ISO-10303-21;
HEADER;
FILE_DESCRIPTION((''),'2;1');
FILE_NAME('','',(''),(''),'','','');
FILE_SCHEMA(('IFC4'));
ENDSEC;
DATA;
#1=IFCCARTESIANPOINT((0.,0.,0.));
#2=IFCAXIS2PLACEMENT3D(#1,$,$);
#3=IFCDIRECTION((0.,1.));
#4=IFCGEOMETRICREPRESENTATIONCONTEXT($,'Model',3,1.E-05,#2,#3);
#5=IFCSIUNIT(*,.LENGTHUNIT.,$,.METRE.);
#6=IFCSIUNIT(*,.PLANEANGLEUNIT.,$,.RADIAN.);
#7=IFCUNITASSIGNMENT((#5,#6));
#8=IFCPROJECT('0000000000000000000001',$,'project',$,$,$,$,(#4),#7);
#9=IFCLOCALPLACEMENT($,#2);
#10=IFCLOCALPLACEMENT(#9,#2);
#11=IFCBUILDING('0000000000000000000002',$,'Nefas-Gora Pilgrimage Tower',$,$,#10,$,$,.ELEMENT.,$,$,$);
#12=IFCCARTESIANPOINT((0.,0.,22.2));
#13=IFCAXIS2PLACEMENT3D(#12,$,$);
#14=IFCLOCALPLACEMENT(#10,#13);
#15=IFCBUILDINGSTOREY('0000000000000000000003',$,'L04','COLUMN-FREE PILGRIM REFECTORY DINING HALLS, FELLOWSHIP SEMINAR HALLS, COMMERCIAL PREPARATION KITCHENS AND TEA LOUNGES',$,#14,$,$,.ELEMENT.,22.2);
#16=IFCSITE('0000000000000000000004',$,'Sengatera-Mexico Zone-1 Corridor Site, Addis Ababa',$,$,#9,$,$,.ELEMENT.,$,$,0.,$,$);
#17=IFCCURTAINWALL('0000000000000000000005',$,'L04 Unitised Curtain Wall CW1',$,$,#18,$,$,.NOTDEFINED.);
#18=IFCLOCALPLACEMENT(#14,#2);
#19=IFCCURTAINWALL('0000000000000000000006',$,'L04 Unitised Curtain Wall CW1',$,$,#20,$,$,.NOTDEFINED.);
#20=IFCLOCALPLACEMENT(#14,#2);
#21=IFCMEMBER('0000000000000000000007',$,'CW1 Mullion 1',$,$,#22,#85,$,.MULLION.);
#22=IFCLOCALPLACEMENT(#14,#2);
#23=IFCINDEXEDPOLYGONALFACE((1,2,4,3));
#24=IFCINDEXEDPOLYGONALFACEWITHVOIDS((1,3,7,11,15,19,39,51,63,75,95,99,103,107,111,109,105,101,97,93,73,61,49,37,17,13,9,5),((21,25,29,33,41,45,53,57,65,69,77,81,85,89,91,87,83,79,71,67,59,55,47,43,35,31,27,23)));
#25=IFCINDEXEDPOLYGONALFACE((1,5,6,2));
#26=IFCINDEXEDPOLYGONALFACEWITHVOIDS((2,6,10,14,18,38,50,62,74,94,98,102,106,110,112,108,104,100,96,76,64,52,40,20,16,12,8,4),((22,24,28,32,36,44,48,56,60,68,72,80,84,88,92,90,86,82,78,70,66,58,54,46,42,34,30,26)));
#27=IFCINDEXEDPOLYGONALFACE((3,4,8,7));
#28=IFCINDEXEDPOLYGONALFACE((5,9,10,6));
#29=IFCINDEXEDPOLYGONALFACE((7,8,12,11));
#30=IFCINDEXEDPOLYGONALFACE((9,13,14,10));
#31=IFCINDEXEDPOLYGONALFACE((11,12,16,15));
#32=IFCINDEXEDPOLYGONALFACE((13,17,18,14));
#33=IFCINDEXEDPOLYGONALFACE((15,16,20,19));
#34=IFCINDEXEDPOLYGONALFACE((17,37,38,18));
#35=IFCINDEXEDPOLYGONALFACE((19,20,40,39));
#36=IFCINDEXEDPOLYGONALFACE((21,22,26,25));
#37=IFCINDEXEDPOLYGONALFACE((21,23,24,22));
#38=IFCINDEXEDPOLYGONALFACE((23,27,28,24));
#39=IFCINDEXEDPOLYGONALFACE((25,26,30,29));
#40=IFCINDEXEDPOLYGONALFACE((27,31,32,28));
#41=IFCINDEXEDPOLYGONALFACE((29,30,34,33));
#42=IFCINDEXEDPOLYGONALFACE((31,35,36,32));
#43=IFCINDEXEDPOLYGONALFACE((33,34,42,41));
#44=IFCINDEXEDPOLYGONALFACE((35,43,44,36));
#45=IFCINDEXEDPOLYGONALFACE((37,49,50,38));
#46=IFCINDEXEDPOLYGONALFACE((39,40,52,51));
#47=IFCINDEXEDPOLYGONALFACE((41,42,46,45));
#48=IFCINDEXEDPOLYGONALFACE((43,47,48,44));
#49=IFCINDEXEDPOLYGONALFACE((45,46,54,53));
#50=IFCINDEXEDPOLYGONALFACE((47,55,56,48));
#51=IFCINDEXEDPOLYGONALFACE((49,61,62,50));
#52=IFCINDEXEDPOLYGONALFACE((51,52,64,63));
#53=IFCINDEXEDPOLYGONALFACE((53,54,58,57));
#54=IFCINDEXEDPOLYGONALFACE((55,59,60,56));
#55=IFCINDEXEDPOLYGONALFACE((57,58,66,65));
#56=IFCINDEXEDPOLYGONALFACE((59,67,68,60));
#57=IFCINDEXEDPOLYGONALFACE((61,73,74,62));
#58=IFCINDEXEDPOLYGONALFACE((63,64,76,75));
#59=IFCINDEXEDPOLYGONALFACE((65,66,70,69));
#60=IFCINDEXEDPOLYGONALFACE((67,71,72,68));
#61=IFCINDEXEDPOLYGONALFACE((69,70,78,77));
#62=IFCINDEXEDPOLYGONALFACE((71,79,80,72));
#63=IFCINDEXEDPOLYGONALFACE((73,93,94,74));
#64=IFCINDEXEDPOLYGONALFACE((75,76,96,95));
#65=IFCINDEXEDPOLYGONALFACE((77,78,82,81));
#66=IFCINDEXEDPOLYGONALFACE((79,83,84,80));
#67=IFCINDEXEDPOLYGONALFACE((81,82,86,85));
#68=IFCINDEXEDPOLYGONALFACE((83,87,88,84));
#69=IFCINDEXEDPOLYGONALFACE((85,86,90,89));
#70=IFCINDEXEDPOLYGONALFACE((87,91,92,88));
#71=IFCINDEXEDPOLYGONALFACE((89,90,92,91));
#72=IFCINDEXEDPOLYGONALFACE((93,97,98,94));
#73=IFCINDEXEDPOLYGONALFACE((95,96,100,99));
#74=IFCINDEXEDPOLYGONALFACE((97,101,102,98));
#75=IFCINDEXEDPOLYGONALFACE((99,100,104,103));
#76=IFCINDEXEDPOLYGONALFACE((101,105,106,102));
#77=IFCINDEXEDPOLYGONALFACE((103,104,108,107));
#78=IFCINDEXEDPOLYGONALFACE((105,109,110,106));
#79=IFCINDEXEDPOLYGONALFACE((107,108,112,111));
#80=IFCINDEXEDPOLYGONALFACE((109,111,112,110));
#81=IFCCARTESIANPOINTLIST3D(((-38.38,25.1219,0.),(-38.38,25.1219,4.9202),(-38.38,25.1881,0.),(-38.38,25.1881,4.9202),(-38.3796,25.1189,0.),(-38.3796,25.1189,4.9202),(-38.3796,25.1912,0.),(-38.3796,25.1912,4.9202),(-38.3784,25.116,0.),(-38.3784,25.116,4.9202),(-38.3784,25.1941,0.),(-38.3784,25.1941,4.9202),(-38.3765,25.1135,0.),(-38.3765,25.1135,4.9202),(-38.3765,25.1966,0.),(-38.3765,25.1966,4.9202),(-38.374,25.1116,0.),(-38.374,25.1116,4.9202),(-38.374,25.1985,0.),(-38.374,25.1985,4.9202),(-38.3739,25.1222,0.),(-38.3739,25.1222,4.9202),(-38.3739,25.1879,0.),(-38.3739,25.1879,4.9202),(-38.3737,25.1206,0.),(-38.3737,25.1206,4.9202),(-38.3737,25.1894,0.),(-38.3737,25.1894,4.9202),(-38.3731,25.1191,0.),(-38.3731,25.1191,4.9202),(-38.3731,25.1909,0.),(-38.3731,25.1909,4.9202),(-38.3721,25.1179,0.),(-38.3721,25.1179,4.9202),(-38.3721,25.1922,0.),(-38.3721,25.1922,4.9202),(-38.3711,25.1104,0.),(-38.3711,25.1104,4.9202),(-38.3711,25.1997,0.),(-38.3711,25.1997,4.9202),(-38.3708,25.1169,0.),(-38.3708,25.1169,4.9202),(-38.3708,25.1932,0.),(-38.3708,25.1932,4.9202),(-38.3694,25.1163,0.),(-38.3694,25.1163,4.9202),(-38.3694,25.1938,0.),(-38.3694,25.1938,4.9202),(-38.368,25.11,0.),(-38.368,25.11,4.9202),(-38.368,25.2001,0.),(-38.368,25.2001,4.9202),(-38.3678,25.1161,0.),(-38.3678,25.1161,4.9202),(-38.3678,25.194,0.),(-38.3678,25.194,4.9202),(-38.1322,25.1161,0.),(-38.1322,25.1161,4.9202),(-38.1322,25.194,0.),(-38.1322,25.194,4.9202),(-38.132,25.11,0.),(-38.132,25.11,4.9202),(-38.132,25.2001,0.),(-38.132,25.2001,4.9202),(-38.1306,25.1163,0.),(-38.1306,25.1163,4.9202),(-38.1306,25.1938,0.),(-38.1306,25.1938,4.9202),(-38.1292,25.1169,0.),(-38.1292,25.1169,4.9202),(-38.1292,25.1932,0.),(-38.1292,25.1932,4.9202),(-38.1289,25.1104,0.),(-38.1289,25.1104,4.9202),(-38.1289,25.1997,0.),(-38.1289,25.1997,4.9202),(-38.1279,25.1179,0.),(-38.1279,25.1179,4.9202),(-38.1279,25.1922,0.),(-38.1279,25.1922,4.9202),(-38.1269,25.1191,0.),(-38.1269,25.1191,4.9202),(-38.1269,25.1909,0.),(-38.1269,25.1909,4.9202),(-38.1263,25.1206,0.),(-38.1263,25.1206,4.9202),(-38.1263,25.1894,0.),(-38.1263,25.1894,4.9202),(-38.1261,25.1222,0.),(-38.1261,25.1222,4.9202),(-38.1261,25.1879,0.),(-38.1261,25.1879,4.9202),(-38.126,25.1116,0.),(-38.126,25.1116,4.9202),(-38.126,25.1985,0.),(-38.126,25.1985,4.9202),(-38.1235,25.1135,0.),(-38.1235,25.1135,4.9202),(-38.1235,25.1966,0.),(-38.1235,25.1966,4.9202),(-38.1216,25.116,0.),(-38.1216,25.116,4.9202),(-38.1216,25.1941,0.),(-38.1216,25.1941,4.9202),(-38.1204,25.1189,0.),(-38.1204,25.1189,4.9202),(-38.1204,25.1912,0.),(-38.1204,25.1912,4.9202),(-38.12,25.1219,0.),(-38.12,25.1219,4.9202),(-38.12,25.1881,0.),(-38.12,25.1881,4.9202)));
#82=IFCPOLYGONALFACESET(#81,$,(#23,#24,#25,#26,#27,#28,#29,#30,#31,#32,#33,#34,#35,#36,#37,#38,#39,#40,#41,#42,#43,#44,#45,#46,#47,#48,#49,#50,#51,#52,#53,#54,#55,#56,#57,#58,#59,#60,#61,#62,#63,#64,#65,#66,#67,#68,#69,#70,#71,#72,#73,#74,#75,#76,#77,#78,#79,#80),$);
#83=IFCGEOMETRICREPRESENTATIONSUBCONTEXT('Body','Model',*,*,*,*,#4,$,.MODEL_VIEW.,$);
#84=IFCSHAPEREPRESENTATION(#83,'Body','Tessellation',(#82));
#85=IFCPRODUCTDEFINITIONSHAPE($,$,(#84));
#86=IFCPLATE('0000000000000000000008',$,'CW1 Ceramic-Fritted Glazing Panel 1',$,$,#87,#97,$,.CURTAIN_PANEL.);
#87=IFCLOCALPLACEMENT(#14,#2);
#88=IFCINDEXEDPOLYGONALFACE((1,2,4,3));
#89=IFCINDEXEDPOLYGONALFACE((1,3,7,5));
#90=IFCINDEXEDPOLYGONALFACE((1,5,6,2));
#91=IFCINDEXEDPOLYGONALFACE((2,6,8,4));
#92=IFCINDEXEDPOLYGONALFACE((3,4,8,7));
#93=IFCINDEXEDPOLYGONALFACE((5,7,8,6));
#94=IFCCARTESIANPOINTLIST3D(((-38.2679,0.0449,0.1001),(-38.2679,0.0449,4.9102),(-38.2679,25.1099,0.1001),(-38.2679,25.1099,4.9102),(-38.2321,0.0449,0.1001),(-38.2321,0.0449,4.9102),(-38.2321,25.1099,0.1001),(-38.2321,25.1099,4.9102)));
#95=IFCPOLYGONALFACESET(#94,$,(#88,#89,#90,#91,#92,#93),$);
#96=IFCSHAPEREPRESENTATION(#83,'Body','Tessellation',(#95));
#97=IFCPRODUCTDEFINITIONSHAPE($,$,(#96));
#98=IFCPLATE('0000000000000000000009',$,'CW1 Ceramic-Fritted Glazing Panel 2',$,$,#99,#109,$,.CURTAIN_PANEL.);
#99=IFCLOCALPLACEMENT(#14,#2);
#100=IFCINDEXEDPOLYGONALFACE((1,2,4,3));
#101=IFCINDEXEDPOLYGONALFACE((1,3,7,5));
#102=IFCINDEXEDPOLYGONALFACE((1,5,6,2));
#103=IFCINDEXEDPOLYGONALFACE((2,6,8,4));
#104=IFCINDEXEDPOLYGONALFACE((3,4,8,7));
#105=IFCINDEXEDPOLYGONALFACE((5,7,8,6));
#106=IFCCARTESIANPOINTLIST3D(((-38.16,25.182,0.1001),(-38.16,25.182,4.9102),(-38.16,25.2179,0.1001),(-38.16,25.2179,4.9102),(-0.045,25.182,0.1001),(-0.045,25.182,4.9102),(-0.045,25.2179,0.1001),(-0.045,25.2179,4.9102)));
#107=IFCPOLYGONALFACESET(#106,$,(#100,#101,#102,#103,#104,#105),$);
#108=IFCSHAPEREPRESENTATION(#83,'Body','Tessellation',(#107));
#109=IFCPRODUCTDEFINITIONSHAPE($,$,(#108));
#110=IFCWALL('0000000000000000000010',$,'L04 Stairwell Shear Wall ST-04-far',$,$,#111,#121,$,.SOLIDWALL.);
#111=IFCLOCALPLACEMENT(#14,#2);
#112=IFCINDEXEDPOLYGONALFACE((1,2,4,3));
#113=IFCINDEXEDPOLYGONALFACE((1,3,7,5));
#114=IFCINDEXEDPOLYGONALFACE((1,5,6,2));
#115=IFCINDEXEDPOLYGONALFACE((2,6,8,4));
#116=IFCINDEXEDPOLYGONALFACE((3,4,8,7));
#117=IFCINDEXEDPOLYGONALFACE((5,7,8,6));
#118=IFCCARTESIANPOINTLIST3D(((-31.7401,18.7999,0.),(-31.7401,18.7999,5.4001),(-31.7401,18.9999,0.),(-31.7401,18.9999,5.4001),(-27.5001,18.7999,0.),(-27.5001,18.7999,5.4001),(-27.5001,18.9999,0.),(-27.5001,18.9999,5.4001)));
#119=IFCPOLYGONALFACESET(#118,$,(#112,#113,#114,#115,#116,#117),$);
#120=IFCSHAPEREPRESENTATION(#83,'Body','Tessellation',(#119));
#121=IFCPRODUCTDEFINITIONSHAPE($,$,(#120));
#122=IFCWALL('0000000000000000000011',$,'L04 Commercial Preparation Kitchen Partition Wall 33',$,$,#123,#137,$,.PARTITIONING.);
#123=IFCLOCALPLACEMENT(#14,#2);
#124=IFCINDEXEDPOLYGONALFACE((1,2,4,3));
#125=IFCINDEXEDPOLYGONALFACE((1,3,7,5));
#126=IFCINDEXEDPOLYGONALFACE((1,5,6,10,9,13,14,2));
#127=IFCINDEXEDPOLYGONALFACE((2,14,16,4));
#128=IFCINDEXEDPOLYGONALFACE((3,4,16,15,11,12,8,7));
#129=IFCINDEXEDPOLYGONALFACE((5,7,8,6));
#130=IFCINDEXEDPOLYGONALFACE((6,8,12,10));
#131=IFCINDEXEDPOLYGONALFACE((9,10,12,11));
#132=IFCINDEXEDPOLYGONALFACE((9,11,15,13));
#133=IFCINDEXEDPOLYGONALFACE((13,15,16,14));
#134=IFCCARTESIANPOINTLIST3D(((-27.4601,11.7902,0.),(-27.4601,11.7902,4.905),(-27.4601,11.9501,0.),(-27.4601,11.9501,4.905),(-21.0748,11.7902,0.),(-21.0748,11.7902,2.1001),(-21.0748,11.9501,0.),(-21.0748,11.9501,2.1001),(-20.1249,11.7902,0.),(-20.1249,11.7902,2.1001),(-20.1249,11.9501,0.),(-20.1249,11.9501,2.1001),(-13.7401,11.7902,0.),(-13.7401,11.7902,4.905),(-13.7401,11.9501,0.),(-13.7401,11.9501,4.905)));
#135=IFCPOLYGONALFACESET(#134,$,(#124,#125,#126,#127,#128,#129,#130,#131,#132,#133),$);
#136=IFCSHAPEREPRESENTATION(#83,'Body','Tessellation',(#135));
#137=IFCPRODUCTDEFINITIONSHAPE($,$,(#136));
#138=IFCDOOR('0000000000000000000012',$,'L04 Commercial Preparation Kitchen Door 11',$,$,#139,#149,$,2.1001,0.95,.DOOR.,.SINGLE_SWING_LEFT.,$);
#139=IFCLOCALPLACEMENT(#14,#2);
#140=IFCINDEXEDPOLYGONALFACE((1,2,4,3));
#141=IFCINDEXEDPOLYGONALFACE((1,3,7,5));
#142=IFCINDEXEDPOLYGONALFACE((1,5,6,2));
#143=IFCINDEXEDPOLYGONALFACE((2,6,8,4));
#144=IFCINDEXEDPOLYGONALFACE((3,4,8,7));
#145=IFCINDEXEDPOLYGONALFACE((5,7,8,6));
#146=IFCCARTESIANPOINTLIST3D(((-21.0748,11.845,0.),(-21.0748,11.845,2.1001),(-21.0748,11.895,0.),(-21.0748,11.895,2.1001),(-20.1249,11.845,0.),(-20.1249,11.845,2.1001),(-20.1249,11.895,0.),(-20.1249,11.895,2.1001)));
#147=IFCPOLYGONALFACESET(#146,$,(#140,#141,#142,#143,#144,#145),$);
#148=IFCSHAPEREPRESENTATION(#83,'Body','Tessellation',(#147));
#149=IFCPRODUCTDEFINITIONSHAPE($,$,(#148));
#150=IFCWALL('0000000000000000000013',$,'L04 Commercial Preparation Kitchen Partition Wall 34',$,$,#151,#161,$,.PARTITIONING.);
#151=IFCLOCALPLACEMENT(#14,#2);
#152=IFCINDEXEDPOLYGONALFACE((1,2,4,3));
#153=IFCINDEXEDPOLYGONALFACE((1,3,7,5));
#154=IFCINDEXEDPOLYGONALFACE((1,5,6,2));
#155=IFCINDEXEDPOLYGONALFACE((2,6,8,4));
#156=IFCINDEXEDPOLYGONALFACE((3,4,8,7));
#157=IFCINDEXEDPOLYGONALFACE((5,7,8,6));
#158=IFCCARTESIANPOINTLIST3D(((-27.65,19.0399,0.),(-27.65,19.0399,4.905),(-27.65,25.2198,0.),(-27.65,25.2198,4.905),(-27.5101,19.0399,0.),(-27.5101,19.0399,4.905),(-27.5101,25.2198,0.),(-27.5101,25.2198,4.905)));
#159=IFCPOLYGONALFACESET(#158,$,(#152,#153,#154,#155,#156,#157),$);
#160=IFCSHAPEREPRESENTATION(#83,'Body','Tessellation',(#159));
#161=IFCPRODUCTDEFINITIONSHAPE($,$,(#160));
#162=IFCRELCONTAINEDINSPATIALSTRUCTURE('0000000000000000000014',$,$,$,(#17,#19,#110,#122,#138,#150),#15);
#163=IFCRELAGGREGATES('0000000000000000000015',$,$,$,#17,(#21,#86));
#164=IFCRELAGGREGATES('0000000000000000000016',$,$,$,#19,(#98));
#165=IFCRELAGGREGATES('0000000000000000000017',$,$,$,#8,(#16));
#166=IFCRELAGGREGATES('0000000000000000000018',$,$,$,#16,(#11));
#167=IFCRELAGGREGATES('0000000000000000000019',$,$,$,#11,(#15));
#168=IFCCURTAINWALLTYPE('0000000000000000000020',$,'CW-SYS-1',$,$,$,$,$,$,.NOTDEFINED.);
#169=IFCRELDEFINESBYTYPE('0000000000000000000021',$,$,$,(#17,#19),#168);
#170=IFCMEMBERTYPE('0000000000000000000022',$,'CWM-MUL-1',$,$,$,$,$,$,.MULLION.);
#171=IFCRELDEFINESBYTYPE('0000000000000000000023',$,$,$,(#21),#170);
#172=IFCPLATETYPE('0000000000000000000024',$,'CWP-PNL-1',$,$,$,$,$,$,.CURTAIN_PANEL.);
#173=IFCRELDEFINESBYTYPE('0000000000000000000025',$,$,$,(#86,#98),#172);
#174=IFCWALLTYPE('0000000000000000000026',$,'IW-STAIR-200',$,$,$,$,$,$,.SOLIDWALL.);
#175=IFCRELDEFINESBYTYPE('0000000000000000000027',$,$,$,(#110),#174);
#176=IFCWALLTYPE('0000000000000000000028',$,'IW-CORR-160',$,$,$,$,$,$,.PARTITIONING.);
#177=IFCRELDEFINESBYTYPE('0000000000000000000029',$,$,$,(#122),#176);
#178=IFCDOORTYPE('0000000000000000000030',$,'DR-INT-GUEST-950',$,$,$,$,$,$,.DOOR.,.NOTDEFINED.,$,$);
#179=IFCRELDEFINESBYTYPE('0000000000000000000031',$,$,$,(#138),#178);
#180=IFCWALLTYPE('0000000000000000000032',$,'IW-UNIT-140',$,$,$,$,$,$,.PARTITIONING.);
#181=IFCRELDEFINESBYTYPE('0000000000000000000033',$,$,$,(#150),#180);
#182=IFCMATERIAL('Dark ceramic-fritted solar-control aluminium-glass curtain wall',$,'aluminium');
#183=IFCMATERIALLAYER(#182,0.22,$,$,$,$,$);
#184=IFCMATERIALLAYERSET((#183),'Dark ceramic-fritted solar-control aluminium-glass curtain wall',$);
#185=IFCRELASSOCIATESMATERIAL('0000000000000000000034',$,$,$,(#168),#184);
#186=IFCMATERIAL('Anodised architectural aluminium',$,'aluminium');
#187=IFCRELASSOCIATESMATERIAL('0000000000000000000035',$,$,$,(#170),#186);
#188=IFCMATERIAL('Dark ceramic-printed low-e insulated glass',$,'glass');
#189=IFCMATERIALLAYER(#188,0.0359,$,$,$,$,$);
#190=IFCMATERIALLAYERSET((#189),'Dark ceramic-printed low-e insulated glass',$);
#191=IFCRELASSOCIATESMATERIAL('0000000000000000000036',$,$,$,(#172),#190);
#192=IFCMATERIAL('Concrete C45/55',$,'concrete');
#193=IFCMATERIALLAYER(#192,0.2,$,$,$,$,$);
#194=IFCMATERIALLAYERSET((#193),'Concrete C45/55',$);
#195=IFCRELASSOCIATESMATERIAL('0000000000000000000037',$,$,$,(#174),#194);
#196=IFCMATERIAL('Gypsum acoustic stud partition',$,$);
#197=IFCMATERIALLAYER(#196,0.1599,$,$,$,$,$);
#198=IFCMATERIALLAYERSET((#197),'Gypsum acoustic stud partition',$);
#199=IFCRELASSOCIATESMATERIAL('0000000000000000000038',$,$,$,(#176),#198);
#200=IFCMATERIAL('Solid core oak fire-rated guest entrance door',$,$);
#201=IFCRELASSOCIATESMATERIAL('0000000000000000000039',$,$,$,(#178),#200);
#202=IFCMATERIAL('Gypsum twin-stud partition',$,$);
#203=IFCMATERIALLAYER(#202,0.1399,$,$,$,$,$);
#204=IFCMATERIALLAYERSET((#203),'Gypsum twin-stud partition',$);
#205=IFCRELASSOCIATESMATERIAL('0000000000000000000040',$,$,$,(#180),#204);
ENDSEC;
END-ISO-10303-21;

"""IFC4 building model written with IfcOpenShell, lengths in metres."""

from ifc_helpers import new_model, si_unit, direction, frame, frame_2d, origin, origin_2d, place, context, subcontext, project, spatial, rectangle, hollow_rectangle, extrude, source, transform, mapped, material, layer, layer_set, material_profile, profile_set, type_object, element, fill, aggregate, save


model = new_model("IFC4")

# Units and contexts
model_context = context("Model", 3, precision=1e-05, world=origin(), true_north=direction((0.0, 1.0)))
body_context = subcontext(model_context, "Body", "Model", "MODEL_VIEW")
ifc_project = project(units=[si_unit("LENGTHUNIT", "METRE"), si_unit("PLANEANGLEUNIT", "RADIAN")], contexts=[model_context])

# Site, building, storey
site_placement = place(None, origin())
site = spatial("IfcSite", under=ifc_project, at=site_placement, Name="Sengatera-Mexico Zone-1 Corridor Site, Addis Ababa", CompositionType="ELEMENT", RefElevation=0.0)
building_placement = place(site_placement, origin())
building = spatial("IfcBuilding", under=site, at=building_placement, Name="Nefas-Gora Pilgrimage Tower", CompositionType="ELEMENT")
storey_placement = place(building_placement, frame((0.0, 0.0, 22.2)))
storey = spatial("IfcBuildingStorey", under=building, at=storey_placement, Name="L04", Description="COLUMN-FREE PILGRIM REFECTORY DINING HALLS, FELLOWSHIP SEMINAR HALLS, COMMERCIAL PREPARATION KITCHENS AND TEA LOUNGES", CompositionType="ELEMENT", Elevation=22.2)

# Curtain walls
ifc_material_1 = material(Name="Dark ceramic-fritted solar-control aluminium-glass curtain wall", Category="aluminium")
ifc_layer_1 = layer(ifc_material_1, 0.22)
ifc_layer_set_1 = layer_set([ifc_layer_1], Name="Dark ceramic-fritted solar-control aluminium-glass curtain wall")
curtain_wall_type = type_object("IfcCurtainWallType", Name="CW-SYS-1", PredefinedType="NOTDEFINED", material=ifc_layer_set_1)
curtain_wall_1_placement = place(storey_placement, origin())
curtain_wall_1 = element("IfcCurtainWall", 1, at=curtain_wall_1_placement, inside=storey, type_object=curtain_wall_type, Name="L04 Unitised Curtain Wall CW1", PredefinedType="NOTDEFINED")
ifc_material_2 = material(Name="Anodised architectural aluminium", Category="aluminium")
curtain_wall_2_placement = place(storey_placement, origin())
curtain_wall_2 = element("IfcCurtainWall", 2, at=curtain_wall_2_placement, inside=storey, type_object=curtain_wall_type, Name="L04 Unitised Curtain Wall CW1", PredefinedType="NOTDEFINED")
ifc_material_profile_1 = material_profile(ifc_material_2, hollow_rectangle(XDim=0.0901, YDim=0.26, WallThickness=0.0061, InnerFilletRadius=0.0061, OuterFilletRadius=0.012, at=origin_2d()), Name="ALU MULLION 90x260")
ifc_profile_set_1 = profile_set([ifc_material_profile_1], Name="Anodised architectural aluminium")
member_type_1 = type_object("IfcMemberType", Name="CWM-MUL-1", PredefinedType="MULLION", material=ifc_profile_set_1)
shared_shape_1 = source(origin(), body_context, "Body", "SweptSolid", [
    extrude(hollow_rectangle(XDim=0.0901, YDim=0.26, WallThickness=0.0061, InnerFilletRadius=0.0061, OuterFilletRadius=0.012, at=origin_2d()), origin(), (0.0, 0.0, 1.0), 4.9202),
])

# Member
member_1_placement = place(storey_placement, frame((-38.25, 25.155, 0.0), z_axis=(0.0, 0.0, 1.0), x_axis=(0.0, -1.0, 0.0)))
member_1 = element("IfcMember", 3, at=member_1_placement, type_object=member_type_1, Name="CW1 Mullion 1", PredefinedType="MULLION", context=body_context, shape_type="MappedRepresentation", body=[
    mapped(shared_shape_1, transform((0.0, 0.0, 0.0), x_axis=(1.0, 0.0, 0.0), y_axis=(0.0, 1.0, 0.0), z_axis=(0.0, 0.0, 1.0), scale=1.0)),
])

# Plates
ifc_material_3 = material(Name="Dark ceramic-printed low-e insulated glass", Category="glass")
ifc_layer_2 = layer(ifc_material_3, 0.0359)
ifc_layer_set_2 = layer_set([ifc_layer_2], Name="Dark ceramic-printed low-e insulated glass")
plate_type = type_object("IfcPlateType", Name="CWP-PNL-1", PredefinedType="CURTAIN_PANEL", material=ifc_layer_set_2)
shared_shape_2 = source(origin(), body_context, "Body", "SweptSolid", [
    extrude(rectangle(XDim=25.0649, YDim=0.0359, at=origin_2d()), origin(), (0.0, 0.0, 1.0), 4.8101),
])
plate_1_placement = place(storey_placement, frame((-38.25, 12.5774, 0.1001), z_axis=(0.0, 0.0, 1.0), x_axis=(0.0, -1.0, 0.0)))
plate_1 = element("IfcPlate", 4, at=plate_1_placement, type_object=plate_type, Name="CW1 Ceramic-Fritted Glazing Panel 1", PredefinedType="CURTAIN_PANEL", context=body_context, shape_type="MappedRepresentation", body=[
    mapped(shared_shape_2, transform((0.0, 0.0, 0.0), x_axis=(1.0, 0.0, 0.0), y_axis=(0.0, 1.0, 0.0), z_axis=(0.0, 0.0, 1.0), scale=1.0)),
])
aggregate(curtain_wall_1, [member_1, plate_1])
shared_shape_3 = source(origin(), body_context, "Body", "SweptSolid", [
    extrude(rectangle(XDim=38.115, YDim=0.0359, at=origin_2d()), origin(), (0.0, 0.0, 1.0), 4.8101),
])
plate_2_placement = place(storey_placement, frame((-19.1025, 25.2, 0.1001), z_axis=(0.0, 0.0, 1.0), x_axis=(-1.0, 0.0, 0.0)))
plate_2 = element("IfcPlate", 5, at=plate_2_placement, type_object=plate_type, Name="CW1 Ceramic-Fritted Glazing Panel 2", PredefinedType="CURTAIN_PANEL", context=body_context, shape_type="MappedRepresentation", body=[
    mapped(shared_shape_3, transform((0.0, 0.0, 0.0), x_axis=(1.0, 0.0, 0.0), y_axis=(0.0, 1.0, 0.0), z_axis=(0.0, 0.0, 1.0), scale=1.0)),
])
aggregate(curtain_wall_2, [plate_2])

# Wall
ifc_material_4 = material(Name="Concrete C45/55", Category="concrete")
ifc_layer_3 = layer(ifc_material_4, 0.2)
ifc_layer_set_3 = layer_set([ifc_layer_3], Name="Concrete C45/55")
wall_type_1 = type_object("IfcWallType", Name="IW-STAIR-200", PredefinedType="SOLIDWALL", material=ifc_layer_set_3)
shared_shape_4 = source(origin(), body_context, "Body", "SweptSolid", [
    extrude(rectangle(XDim=4.24, YDim=0.2, at=frame_2d((2.1201, 0.0))), origin(), (0.0, 0.0, 1.0), 5.4001),
])
wall_1_placement = place(storey_placement, frame((-27.5, 18.8999, 0.0), z_axis=(0.0, 0.0, 1.0), x_axis=(-1.0, 0.0, 0.0)))
element("IfcWall", 6, at=wall_1_placement, inside=storey, type_object=wall_type_1, Name="L04 Stairwell Shear Wall ST-04-far", PredefinedType="SOLIDWALL", context=body_context, shape_type="MappedRepresentation", body=[
    mapped(shared_shape_4, transform((0.0, 0.0, 0.0), x_axis=(1.0, 0.0, 0.0), y_axis=(0.0, 1.0, 0.0), z_axis=(0.0, 0.0, 1.0), scale=1.0)),
])

# Wall, opening, door
ifc_material_5 = material(Name="Gypsum acoustic stud partition")
ifc_layer_4 = layer(ifc_material_5, 0.1599)
ifc_layer_set_4 = layer_set([ifc_layer_4], Name="Gypsum acoustic stud partition")
wall_type_2 = type_object("IfcWallType", Name="IW-CORR-160", PredefinedType="PARTITIONING", material=ifc_layer_set_4)
shared_shape_5 = source(origin(), body_context, "Body", "SweptSolid", [
    extrude(rectangle(XDim=13.72, YDim=0.1599, at=frame_2d((6.8599, 0.0))), origin(), (0.0, 0.0, 1.0), 4.905),
])
wall_2_placement = place(storey_placement, frame((-27.46, 11.8701, 0.0), z_axis=(0.0, 0.0, 1.0), x_axis=(1.0, 0.0, 0.0)))
wall_2 = element("IfcWall", 7, at=wall_2_placement, inside=storey, type_object=wall_type_2, Name="L04 Commercial Preparation Kitchen Partition Wall 33", PredefinedType="PARTITIONING", context=body_context, shape_type="MappedRepresentation", body=[
    mapped(shared_shape_5, transform((0.0, 0.0, 0.0), x_axis=(1.0, 0.0, 0.0), y_axis=(0.0, 1.0, 0.0), z_axis=(0.0, 0.0, 1.0), scale=1.0)),
])
opening_placement = place(wall_2_placement, frame((6.385, 0.0, 0.0)))
opening = element("IfcOpeningElement", 8, at=opening_placement, cuts=wall_2, PredefinedType="OPENING", context=body_context, shape_type="SweptSolid", body=[
    extrude(rectangle(XDim=0.95, YDim=2.1001, at=frame_2d((0.4751, 1.05))), frame((0.0, 0.0898, 0.0), z_axis=(0.0, -1.0, 0.0), x_axis=(1.0, 0.0, 0.0)), (0.0, 0.0, 1.0), 0.1799),
])
ifc_material_6 = material(Name="Solid core oak fire-rated guest entrance door")
door_type = type_object("IfcDoorType", Name="DR-INT-GUEST-950", OperationType="NOTDEFINED", PredefinedType="DOOR", material=ifc_material_6)
shared_shape_6 = source(origin(), body_context, "Body", "SweptSolid", [
    extrude(rectangle(XDim=0.95, YDim=2.1001, at=frame_2d((0.4751, 1.05))), frame((0.0, 0.0249, 0.0), z_axis=(0.0, -1.0, 0.0), x_axis=(1.0, 0.0, 0.0)), (0.0, 0.0, 1.0), 0.05),
])
door_placement = place(opening_placement, origin())
door = element("IfcDoor", 9, at=door_placement, inside=storey, type_object=door_type, Name="L04 Commercial Preparation Kitchen Door 11", OperationType="SINGLE_SWING_LEFT", OverallHeight=2.1001, OverallWidth=0.95, PredefinedType="DOOR", context=body_context, shape_type="MappedRepresentation", body=[
    mapped(shared_shape_6, transform((0.0, 0.0, 0.0), x_axis=(1.0, 0.0, 0.0), y_axis=(0.0, 1.0, 0.0), z_axis=(0.0, 0.0, 1.0), scale=1.0)),
])
fill(opening, door)

# Wall
ifc_material_7 = material(Name="Gypsum twin-stud partition")
ifc_layer_5 = layer(ifc_material_7, 0.1399)
ifc_layer_set_5 = layer_set([ifc_layer_5], Name="Gypsum twin-stud partition")
wall_type_3 = type_object("IfcWallType", Name="IW-UNIT-140", PredefinedType="PARTITIONING", material=ifc_layer_set_5)
shared_shape_7 = source(origin(), body_context, "Body", "SweptSolid", [
    extrude(rectangle(XDim=6.1799, YDim=0.1399, at=frame_2d((3.0898, 0.0))), origin(), (0.0, 0.0, 1.0), 4.905),
])
wall_3_placement = place(storey_placement, frame((-27.5801, 19.04, 0.0), z_axis=(0.0, 0.0, 1.0), x_axis=(0.0, 1.0, 0.0)))
element("IfcWall", 10, at=wall_3_placement, inside=storey, type_object=wall_type_3, Name="L04 Commercial Preparation Kitchen Partition Wall 34", PredefinedType="PARTITIONING", context=body_context, shape_type="MappedRepresentation", body=[
    mapped(shared_shape_7, transform((0.0, 0.0, 0.0), x_axis=(1.0, 0.0, 0.0), y_axis=(0.0, 1.0, 0.0), z_axis=(0.0, 0.0, 1.0), scale=1.0)),
])

save(model, "model.ifc")
